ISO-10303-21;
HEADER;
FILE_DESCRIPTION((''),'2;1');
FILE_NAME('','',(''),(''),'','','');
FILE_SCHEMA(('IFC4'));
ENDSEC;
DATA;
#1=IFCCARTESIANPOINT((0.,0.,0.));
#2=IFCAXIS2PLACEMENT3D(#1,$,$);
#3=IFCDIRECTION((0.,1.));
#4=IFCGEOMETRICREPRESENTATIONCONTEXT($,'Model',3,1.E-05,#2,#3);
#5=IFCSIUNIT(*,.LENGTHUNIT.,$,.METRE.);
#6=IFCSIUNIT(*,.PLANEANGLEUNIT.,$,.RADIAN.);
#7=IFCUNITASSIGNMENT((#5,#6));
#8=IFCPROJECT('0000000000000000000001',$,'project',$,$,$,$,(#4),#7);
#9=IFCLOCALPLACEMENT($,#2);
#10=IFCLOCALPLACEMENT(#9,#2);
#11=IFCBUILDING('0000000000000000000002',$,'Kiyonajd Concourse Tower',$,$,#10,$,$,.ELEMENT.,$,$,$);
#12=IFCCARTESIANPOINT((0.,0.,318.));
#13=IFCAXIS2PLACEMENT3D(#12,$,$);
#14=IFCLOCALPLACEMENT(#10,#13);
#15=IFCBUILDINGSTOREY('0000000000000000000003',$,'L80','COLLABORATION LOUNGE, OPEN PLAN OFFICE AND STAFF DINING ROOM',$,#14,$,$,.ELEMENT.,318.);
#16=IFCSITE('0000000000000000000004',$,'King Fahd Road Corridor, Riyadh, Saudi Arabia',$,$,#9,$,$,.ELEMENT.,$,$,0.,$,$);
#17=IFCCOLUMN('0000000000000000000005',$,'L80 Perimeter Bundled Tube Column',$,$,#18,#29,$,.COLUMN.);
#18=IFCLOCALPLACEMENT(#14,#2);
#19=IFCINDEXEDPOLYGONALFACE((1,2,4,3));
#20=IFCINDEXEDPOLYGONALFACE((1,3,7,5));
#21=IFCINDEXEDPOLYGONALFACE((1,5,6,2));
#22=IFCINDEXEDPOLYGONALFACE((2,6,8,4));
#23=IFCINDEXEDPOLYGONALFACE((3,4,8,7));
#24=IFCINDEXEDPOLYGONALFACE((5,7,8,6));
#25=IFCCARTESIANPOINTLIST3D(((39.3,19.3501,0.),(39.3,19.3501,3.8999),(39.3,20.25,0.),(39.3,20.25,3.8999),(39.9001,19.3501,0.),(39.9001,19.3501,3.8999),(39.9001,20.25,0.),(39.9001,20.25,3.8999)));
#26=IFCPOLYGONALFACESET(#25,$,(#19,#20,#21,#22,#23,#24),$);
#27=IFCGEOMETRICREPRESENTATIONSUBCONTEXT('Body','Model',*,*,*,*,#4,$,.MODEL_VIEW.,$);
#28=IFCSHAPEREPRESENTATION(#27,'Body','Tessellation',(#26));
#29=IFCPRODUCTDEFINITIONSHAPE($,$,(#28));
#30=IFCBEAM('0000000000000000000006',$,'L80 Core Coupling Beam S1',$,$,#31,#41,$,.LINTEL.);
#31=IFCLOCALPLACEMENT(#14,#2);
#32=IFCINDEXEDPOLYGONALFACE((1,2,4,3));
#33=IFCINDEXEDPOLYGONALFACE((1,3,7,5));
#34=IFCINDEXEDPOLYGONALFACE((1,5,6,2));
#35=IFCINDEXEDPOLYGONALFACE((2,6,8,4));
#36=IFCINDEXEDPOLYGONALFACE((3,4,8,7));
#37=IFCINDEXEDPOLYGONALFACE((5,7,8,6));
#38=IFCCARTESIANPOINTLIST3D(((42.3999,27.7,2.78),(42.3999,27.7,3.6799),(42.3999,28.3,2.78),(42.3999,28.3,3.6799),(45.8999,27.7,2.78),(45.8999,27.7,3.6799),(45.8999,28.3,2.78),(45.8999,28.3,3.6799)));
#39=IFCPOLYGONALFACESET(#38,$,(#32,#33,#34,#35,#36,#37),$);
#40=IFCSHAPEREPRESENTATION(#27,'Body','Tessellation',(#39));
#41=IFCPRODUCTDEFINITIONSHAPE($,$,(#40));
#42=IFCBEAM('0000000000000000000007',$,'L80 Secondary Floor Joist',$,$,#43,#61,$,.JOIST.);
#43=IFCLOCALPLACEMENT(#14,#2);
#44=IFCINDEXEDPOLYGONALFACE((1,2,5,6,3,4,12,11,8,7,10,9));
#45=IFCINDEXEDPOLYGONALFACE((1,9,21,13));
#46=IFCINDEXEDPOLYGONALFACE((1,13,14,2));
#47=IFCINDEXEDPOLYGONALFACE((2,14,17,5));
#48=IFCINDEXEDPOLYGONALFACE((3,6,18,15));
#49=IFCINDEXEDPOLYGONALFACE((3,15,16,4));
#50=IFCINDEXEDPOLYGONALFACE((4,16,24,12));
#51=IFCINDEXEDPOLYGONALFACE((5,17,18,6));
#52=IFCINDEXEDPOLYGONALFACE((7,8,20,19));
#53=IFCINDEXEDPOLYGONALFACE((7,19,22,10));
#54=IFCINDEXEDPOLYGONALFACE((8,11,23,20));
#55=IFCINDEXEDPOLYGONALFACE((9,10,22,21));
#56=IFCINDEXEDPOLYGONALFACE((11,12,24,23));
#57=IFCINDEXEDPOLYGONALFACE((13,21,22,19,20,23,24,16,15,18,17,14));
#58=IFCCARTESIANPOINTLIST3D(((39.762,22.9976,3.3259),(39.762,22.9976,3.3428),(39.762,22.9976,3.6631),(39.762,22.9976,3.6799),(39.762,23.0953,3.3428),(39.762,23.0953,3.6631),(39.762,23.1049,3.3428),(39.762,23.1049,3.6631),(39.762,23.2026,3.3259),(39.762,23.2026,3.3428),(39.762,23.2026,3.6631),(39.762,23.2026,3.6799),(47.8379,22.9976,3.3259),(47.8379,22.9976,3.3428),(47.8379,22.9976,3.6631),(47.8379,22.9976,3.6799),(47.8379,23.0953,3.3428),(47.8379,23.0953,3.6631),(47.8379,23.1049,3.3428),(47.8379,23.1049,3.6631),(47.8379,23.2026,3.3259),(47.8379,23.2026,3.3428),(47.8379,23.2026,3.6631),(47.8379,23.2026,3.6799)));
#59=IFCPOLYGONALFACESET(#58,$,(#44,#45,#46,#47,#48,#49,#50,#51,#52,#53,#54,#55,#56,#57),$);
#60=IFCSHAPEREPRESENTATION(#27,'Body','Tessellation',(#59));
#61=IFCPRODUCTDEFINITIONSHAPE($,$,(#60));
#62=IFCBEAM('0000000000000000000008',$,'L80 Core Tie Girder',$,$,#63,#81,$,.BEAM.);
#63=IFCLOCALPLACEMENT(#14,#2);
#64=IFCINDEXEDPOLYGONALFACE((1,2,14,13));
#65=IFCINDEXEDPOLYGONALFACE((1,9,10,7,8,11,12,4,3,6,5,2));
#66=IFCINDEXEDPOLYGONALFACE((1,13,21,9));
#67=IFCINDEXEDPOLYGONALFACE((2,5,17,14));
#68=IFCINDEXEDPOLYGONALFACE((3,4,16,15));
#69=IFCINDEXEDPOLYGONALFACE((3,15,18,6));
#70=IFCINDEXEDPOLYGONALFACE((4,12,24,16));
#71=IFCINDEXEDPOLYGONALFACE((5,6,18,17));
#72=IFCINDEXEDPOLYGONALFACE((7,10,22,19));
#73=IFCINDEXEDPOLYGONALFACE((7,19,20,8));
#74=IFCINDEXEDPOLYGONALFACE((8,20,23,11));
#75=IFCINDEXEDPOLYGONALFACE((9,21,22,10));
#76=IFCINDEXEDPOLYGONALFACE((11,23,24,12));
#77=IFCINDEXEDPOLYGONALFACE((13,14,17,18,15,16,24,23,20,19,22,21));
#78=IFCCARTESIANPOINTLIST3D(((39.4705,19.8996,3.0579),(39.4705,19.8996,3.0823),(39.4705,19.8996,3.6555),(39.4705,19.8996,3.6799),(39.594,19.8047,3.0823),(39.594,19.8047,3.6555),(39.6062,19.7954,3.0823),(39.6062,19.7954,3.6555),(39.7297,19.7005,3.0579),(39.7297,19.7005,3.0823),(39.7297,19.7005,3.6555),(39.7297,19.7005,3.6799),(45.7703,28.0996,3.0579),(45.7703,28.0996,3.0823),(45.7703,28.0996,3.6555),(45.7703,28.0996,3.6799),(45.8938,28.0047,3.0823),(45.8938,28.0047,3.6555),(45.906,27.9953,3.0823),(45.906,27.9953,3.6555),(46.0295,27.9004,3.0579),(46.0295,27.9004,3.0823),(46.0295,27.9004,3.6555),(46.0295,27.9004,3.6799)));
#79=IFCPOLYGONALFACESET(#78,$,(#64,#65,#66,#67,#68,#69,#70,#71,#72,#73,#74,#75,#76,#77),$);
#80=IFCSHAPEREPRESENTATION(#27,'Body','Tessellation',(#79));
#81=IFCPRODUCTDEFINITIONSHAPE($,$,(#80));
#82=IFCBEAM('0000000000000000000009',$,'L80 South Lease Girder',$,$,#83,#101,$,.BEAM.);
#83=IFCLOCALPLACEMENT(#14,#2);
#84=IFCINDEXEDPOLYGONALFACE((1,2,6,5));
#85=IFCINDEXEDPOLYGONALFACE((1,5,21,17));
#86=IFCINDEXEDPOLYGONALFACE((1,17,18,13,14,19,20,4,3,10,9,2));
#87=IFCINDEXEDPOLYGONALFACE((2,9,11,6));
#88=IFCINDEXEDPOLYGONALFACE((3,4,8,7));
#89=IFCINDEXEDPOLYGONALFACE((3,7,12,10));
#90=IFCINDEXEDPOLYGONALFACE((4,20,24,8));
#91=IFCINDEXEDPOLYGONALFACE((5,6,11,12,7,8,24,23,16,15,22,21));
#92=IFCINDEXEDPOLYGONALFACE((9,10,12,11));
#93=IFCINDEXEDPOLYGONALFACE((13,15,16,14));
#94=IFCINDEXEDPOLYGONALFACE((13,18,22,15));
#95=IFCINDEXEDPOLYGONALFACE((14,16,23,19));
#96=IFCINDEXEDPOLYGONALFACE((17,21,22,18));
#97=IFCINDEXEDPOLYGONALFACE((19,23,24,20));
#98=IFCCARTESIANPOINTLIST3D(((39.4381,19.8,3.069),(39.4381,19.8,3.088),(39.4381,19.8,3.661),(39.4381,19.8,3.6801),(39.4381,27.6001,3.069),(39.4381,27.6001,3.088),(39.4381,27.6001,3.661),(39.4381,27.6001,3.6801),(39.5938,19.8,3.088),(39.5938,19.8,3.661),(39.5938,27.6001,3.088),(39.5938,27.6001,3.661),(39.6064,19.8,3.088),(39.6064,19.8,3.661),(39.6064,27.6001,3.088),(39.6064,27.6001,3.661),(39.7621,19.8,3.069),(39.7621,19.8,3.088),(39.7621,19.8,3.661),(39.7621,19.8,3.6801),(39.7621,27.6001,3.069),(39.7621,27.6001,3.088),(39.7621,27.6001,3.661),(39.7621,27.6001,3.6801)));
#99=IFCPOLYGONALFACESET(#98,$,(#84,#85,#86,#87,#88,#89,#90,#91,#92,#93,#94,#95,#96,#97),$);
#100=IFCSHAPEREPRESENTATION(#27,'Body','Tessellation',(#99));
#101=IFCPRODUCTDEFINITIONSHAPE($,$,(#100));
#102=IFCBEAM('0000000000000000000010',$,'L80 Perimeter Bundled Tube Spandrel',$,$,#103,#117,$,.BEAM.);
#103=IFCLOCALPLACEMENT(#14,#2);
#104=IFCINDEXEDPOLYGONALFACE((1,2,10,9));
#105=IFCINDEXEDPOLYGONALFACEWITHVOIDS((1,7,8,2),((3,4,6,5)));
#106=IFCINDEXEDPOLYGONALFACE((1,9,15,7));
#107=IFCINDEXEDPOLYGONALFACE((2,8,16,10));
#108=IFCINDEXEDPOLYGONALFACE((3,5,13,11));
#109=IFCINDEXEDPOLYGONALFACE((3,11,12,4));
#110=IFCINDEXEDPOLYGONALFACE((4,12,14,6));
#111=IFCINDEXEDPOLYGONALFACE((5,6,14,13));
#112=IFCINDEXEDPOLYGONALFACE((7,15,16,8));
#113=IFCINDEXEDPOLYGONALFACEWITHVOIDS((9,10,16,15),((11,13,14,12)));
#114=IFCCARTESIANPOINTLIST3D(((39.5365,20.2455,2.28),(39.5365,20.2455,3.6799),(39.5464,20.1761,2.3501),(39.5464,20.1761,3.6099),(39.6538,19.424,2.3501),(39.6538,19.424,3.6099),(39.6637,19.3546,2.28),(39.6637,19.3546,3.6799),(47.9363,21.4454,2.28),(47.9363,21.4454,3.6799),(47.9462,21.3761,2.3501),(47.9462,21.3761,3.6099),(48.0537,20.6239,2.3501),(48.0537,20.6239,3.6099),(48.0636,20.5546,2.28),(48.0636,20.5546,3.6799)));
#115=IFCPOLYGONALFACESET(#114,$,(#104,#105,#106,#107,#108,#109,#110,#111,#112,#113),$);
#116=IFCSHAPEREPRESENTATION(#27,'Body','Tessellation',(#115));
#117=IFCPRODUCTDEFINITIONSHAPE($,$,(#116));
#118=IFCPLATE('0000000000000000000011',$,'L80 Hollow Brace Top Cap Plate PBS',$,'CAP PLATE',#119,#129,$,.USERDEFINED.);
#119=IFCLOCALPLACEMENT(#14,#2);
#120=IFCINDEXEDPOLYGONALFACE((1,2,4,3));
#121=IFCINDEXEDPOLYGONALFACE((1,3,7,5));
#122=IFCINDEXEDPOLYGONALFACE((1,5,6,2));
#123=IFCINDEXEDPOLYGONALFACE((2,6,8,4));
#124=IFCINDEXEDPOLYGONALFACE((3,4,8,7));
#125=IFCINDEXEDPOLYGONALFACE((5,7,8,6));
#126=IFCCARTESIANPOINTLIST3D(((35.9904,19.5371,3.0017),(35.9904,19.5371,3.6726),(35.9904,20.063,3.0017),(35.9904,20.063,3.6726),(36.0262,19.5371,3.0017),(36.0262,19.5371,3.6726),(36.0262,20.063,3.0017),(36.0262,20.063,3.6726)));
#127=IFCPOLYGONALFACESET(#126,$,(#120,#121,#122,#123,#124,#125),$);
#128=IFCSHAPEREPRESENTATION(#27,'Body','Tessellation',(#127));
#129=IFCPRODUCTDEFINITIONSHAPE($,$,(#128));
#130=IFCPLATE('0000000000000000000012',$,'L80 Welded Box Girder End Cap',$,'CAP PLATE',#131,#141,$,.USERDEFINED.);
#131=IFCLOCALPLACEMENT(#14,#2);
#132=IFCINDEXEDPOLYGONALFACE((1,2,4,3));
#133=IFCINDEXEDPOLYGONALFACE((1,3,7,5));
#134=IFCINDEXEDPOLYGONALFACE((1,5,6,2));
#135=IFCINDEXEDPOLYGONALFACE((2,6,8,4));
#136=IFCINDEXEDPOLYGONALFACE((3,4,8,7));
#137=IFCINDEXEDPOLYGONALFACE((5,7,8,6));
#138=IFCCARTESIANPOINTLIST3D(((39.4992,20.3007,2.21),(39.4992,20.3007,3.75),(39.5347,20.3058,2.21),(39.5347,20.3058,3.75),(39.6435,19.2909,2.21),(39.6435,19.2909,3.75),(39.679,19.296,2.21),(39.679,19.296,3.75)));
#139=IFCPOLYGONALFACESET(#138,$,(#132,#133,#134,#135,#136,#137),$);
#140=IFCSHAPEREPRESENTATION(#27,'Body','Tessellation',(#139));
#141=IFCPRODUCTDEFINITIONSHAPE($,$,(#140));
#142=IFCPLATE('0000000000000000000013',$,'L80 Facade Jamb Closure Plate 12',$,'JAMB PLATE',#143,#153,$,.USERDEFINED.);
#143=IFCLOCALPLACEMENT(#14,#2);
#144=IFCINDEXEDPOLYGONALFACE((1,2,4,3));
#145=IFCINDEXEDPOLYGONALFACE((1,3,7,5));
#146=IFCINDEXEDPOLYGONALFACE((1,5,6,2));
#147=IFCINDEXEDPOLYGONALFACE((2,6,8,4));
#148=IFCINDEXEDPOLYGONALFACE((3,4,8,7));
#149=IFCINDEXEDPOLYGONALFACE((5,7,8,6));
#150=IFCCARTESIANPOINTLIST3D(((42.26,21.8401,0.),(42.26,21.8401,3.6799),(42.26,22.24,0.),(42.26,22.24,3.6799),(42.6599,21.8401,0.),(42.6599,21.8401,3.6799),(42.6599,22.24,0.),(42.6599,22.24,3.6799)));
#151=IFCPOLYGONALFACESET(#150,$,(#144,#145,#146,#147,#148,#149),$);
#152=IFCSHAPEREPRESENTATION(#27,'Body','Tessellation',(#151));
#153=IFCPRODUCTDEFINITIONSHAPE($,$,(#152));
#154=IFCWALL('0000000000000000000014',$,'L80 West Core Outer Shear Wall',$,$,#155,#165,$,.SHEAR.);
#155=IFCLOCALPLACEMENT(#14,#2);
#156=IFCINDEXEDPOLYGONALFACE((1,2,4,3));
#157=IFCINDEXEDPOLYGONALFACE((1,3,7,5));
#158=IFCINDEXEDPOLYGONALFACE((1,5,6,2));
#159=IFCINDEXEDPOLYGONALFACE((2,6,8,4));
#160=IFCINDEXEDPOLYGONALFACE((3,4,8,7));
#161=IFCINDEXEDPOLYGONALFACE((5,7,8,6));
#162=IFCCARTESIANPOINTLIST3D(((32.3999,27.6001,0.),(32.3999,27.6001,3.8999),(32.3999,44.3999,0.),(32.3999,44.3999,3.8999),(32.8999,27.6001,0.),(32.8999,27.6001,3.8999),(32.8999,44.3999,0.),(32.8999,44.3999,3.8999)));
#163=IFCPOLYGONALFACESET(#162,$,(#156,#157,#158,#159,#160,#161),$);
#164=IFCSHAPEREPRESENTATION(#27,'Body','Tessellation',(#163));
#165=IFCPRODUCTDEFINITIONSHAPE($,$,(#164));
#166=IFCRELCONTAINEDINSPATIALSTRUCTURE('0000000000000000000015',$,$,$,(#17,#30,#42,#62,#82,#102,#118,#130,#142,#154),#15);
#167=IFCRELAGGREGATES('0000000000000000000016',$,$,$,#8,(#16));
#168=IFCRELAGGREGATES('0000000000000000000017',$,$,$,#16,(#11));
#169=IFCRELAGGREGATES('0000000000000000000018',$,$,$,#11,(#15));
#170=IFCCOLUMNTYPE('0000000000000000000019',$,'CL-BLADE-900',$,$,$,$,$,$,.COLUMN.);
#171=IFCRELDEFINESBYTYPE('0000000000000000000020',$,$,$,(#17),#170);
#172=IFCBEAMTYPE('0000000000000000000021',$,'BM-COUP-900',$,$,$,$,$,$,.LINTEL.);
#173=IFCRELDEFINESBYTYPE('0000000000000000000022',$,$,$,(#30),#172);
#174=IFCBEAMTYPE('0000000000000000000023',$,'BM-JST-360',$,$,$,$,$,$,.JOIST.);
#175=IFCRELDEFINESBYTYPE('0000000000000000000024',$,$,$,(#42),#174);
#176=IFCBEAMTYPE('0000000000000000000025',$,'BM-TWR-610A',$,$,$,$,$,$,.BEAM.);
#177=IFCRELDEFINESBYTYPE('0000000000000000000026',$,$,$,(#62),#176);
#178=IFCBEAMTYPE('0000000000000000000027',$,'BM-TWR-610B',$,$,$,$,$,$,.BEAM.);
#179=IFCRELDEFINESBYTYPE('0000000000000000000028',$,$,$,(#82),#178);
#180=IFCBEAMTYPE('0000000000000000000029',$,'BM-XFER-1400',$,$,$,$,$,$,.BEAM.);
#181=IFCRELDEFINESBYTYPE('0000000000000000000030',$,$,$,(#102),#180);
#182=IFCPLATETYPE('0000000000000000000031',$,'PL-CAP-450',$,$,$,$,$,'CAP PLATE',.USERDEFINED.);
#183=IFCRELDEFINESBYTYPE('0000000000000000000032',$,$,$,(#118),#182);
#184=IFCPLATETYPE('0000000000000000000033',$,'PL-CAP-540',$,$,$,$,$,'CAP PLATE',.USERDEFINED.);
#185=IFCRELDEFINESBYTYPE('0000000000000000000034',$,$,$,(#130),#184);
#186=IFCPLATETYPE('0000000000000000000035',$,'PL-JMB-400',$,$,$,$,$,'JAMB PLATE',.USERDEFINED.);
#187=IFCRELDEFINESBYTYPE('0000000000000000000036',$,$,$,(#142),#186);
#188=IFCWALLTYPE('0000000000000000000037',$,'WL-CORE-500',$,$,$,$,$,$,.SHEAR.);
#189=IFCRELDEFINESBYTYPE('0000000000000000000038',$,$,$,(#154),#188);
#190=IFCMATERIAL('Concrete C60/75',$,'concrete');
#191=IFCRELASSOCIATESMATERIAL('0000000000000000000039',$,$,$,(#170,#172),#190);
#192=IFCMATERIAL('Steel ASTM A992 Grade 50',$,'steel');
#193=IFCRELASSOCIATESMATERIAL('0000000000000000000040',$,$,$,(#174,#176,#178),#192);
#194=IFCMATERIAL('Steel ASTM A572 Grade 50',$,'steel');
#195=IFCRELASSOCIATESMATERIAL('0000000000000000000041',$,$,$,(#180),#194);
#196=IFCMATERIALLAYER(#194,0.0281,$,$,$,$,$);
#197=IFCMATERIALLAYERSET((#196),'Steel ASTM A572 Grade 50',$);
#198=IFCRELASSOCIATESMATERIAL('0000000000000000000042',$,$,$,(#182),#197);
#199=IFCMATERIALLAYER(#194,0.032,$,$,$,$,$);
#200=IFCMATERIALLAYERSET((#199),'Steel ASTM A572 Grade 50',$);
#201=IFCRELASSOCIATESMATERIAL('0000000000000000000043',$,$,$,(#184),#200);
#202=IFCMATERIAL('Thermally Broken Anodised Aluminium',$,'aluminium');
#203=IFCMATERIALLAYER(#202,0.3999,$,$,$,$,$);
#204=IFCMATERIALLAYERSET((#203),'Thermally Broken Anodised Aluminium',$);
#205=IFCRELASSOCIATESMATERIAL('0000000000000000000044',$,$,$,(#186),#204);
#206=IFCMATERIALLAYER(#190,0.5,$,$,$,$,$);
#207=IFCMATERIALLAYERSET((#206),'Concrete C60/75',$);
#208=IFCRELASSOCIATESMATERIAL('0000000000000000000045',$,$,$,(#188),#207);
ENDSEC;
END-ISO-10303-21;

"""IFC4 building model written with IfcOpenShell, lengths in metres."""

from ifc_helpers import new_model, si_unit, direction, frame, frame_2d, origin, origin_2d, place, context, subcontext, project, spatial, rectangle, hollow_rectangle, i_section, extrude, material, layer, layer_set, material_profile, profile_set, type_object, element, save


model = new_model("IFC4")

# Units and contexts
model_context = context("Model", 3, precision=1e-05, world=origin(), true_north=direction((0.0, 1.0)))
body_context = subcontext(model_context, "Body", "Model", "MODEL_VIEW")
ifc_project = project(units=[si_unit("LENGTHUNIT", "METRE"), si_unit("PLANEANGLEUNIT", "RADIAN")], contexts=[model_context])

# Site, building, storey
site_placement = place(None, origin())
site = spatial("IfcSite", under=ifc_project, at=site_placement, Name="King Fahd Road Corridor, Riyadh, Saudi Arabia", CompositionType="ELEMENT", RefElevation=0.0)
building_placement = place(site_placement, origin())
building = spatial("IfcBuilding", under=site, at=building_placement, Name="Kiyonajd Concourse Tower", CompositionType="ELEMENT")
storey_placement = place(building_placement, frame((0.0, 0.0, 318.0)))
storey = spatial("IfcBuildingStorey", under=building, at=storey_placement, Name="L80", Description="COLLABORATION LOUNGE, OPEN PLAN OFFICE AND STAFF DINING ROOM", CompositionType="ELEMENT", Elevation=318.0)

# Column
ifc_material_1 = material(Name="Concrete C60/75", Category="concrete")
ifc_material_profile_1 = material_profile(ifc_material_1, rectangle(XDim=0.6001, YDim=0.8999, at=origin_2d()), Name="RC-900x600")
ifc_profile_set_1 = profile_set([ifc_material_profile_1], Name="Concrete C60/75")
column_type = type_object("IfcColumnType", Name="CL-BLADE-900", PredefinedType="COLUMN", material=ifc_profile_set_1)
column_placement = place(storey_placement, frame((39.6001, 19.8, 0.0), z_axis=(0.0, 0.0, 1.0), x_axis=(1.0, 0.0, 0.0)))
element("IfcColumn", 1, at=column_placement, inside=storey, type_object=column_type, Name="L80 Perimeter Bundled Tube Column", PredefinedType="COLUMN", context=body_context, shape_type="SweptSolid", body=[
    extrude(rectangle(XDim=0.6001, YDim=0.8999, at=origin_2d()), origin(), (0.0, 0.0, 1.0), 3.8999),
])

# Beams
ifc_material_profile_2 = material_profile(ifc_material_1, rectangle(XDim=0.6001, YDim=0.8999, at=origin_2d()), Name="RCBM-600x900")
ifc_profile_set_2 = profile_set([ifc_material_profile_2], Name="Concrete C60/75")
beam_type_1 = type_object("IfcBeamType", Name="BM-COUP-900", PredefinedType="LINTEL", material=ifc_profile_set_2)
beam_1_placement = place(storey_placement, frame((42.3999, 28.0, 3.23), z_axis=(1.0, 0.0, 0.0), x_axis=(0.0, 1.0, 0.0)))
element("IfcBeam", 2, at=beam_1_placement, inside=storey, type_object=beam_type_1, Name="L80 Core Coupling Beam S1", PredefinedType="LINTEL", context=body_context, shape_type="SweptSolid", body=[
    extrude(rectangle(XDim=0.6001, YDim=0.8999, at=origin_2d()), origin(), (0.0, 0.0, 1.0), 3.5),
])
ifc_material_2 = material(Name="Steel ASTM A992 Grade 50", Category="steel")
ifc_material_profile_3 = material_profile(ifc_material_2, i_section(OverallWidth=0.2051, OverallDepth=0.354, WebThickness=0.0095, FlangeThickness=0.0168, at=origin_2d()), Name="W360X79")
ifc_profile_set_3 = profile_set([ifc_material_profile_3], Name="Steel ASTM A992 Grade 50")
beam_type_2 = type_object("IfcBeamType", Name="BM-JST-360", PredefinedType="JOIST", material=ifc_profile_set_3)
beam_2_placement = place(storey_placement, frame((39.762, 23.1001, 3.5029), z_axis=(1.0, 0.0, 0.0), x_axis=(0.0, 1.0, 0.0)))
element("IfcBeam", 3, at=beam_2_placement, inside=storey, type_object=beam_type_2, Name="L80 Secondary Floor Joist", PredefinedType="JOIST", context=body_context, shape_type="SweptSolid", body=[
    extrude(i_section(OverallWidth=0.2051, OverallDepth=0.354, WebThickness=0.0095, FlangeThickness=0.0168, at=origin_2d()), origin(), (0.0, 0.0, 1.0), 8.0759),
])
ifc_material_profile_4 = material_profile(ifc_material_2, i_section(OverallWidth=0.3269, OverallDepth=0.6221, WebThickness=0.0154, FlangeThickness=0.0244, at=origin_2d()), Name="W610X195")
ifc_profile_set_4 = profile_set([ifc_material_profile_4], Name="Steel ASTM A992 Grade 50")
beam_type_3 = type_object("IfcBeamType", Name="BM-TWR-610A", PredefinedType="BEAM", material=ifc_profile_set_4)
beam_3_placement = place(storey_placement, frame((39.6001, 19.8, 3.3689), z_axis=(0.609234, 0.792991, 0.0), x_axis=(-0.792991, 0.609234, 0.0)))
element("IfcBeam", 4, at=beam_3_placement, inside=storey, type_object=beam_type_3, Name="L80 Core Tie Girder", PredefinedType="BEAM", context=body_context, shape_type="SweptSolid", body=[
    extrude(i_section(OverallWidth=0.3269, OverallDepth=0.6221, WebThickness=0.0154, FlangeThickness=0.0244, at=origin_2d()), origin(), (0.0, 0.0, 1.0), 10.3406),
])
ifc_material_profile_5 = material_profile(ifc_material_2, i_section(OverallWidth=0.324, OverallDepth=0.6111, WebThickness=0.0127, FlangeThickness=0.019, at=origin_2d()), Name="W610X155")
ifc_profile_set_5 = profile_set([ifc_material_profile_5], Name="Steel ASTM A992 Grade 50")
beam_type_4 = type_object("IfcBeamType", Name="BM-TWR-610B", PredefinedType="BEAM", material=ifc_profile_set_5)
beam_4_placement = place(storey_placement, frame((39.6001, 19.8, 3.3745), z_axis=(0.0, 1.0, 0.0), x_axis=(-1.0, 0.0, 0.0)))
element("IfcBeam", 5, at=beam_4_placement, inside=storey, type_object=beam_type_4, Name="L80 South Lease Girder", PredefinedType="BEAM", context=body_context, shape_type="SweptSolid", body=[
    extrude(i_section(OverallWidth=0.324, OverallDepth=0.6111, WebThickness=0.0127, FlangeThickness=0.019, at=origin_2d()), origin(), (0.0, 0.0, 1.0), 7.8),
])
ifc_material_3 = material(Name="Steel ASTM A572 Grade 50", Category="steel")
ifc_material_profile_6 = material_profile(ifc_material_3, hollow_rectangle(XDim=0.8999, YDim=1.3999, WallThickness=0.0701, at=origin_2d()), Name="BOX-1400x900x70")
ifc_profile_set_6 = profile_set([ifc_material_profile_6], Name="Steel ASTM A572 Grade 50")
beam_type_5 = type_object("IfcBeamType", Name="BM-XFER-1400", PredefinedType="BEAM", material=ifc_profile_set_6)
beam_5_placement = place(storey_placement, frame((39.6001, 19.8, 2.98), z_axis=(0.98995, 0.141417, 0.0), x_axis=(-0.141417, 0.98995, 0.0)))
element("IfcBeam", 6, at=beam_5_placement, inside=storey, type_object=beam_type_5, Name="L80 Perimeter Bundled Tube Spandrel", PredefinedType="BEAM", context=body_context, shape_type="SweptSolid", body=[
    extrude(hollow_rectangle(XDim=0.8999, YDim=1.3999, WallThickness=0.0701, at=origin_2d()), origin(), (0.0, 0.0, 1.0), 8.4851),
])

# Plates
ifc_layer_1 = layer(ifc_material_3, 0.0281)
ifc_layer_set_1 = layer_set([ifc_layer_1], Name="Steel ASTM A572 Grade 50")
plate_type_1 = type_object("IfcPlateType", Name="PL-CAP-450", ElementType="CAP PLATE", PredefinedType="USERDEFINED", material=ifc_layer_set_1)
plate_1_placement = place(storey_placement, frame((36.0083, 19.8, 3.0017), z_axis=(0.0, 0.0, 1.0), x_axis=(1.0, 0.0, 0.0)))
element("IfcPlate", 7, at=plate_1_placement, inside=storey, type_object=plate_type_1, Name="L80 Hollow Brace Top Cap Plate PBS", ObjectType="CAP PLATE", PredefinedType="USERDEFINED", context=body_context, shape_type="SweptSolid", body=[
    extrude(rectangle(XDim=0.0359, YDim=0.5259, at=origin_2d()), origin(), (0.0, 0.0, 1.0), 0.6709),
])
ifc_layer_2 = layer(ifc_material_3, 0.032)
ifc_layer_set_2 = layer_set([ifc_layer_2], Name="Steel ASTM A572 Grade 50")
plate_type_2 = type_object("IfcPlateType", Name="PL-CAP-540", ElementType="CAP PLATE", PredefinedType="USERDEFINED", material=ifc_layer_set_2)
plate_2_placement = place(storey_placement, frame((39.5891, 19.7983, 2.21), z_axis=(0.0, 0.0, 1.0), x_axis=(-0.98995, -0.14142, 0.0)))
element("IfcPlate", 8, at=plate_2_placement, inside=storey, type_object=plate_type_2, Name="L80 Welded Box Girder End Cap", ObjectType="CAP PLATE", PredefinedType="USERDEFINED", context=body_context, shape_type="SweptSolid", body=[
    extrude(rectangle(XDim=0.0359, YDim=1.02, at=origin_2d()), origin(), (0.0, 0.0, 1.0), 1.54),
])
ifc_material_4 = material(Name="Thermally Broken Anodised Aluminium", Category="aluminium")
ifc_layer_3 = layer(ifc_material_4, 0.3999)
ifc_layer_set_3 = layer_set([ifc_layer_3], Name="Thermally Broken Anodised Aluminium")
plate_type_3 = type_object("IfcPlateType", Name="PL-JMB-400", ElementType="JAMB PLATE", PredefinedType="USERDEFINED", material=ifc_layer_set_3)
plate_3_placement = place(storey_placement, frame((42.46, 22.04, 0.0), z_axis=(0.0, 0.0, 1.0), x_axis=(1.0, 0.0, 0.0)))
element("IfcPlate", 9, at=plate_3_placement, inside=storey, type_object=plate_type_3, Name="L80 Facade Jamb Closure Plate 12", ObjectType="JAMB PLATE", PredefinedType="USERDEFINED", context=body_context, shape_type="SweptSolid", body=[
    extrude(rectangle(XDim=0.3999, YDim=0.3999, at=origin_2d()), origin(), (0.0, 0.0, 1.0), 3.6799),
])

# Wall
ifc_layer_4 = layer(ifc_material_1, 0.5)
ifc_layer_set_4 = layer_set([ifc_layer_4], Name="Concrete C60/75")
wall_type_1 = type_object("IfcWallType", Name="WL-CORE-500", PredefinedType="SHEAR", material=ifc_layer_set_4)
wall_1_placement = place(storey_placement, frame((32.6499, 27.6001, 0.0), z_axis=(0.0, 0.0, 1.0), x_axis=(0.0, 1.0, 0.0)))
element("IfcWall", 10, at=wall_1_placement, inside=storey, type_object=wall_type_1, Name="L80 West Core Outer Shear Wall", PredefinedType="SHEAR", context=body_context, shape_type="SweptSolid", body=[
    extrude(rectangle(XDim=16.7998, YDim=0.5, at=frame_2d((8.3999, 0.0))), origin(), (0.0, 0.0, 1.0), 3.8999),
])

save(model, "model.ifc")
